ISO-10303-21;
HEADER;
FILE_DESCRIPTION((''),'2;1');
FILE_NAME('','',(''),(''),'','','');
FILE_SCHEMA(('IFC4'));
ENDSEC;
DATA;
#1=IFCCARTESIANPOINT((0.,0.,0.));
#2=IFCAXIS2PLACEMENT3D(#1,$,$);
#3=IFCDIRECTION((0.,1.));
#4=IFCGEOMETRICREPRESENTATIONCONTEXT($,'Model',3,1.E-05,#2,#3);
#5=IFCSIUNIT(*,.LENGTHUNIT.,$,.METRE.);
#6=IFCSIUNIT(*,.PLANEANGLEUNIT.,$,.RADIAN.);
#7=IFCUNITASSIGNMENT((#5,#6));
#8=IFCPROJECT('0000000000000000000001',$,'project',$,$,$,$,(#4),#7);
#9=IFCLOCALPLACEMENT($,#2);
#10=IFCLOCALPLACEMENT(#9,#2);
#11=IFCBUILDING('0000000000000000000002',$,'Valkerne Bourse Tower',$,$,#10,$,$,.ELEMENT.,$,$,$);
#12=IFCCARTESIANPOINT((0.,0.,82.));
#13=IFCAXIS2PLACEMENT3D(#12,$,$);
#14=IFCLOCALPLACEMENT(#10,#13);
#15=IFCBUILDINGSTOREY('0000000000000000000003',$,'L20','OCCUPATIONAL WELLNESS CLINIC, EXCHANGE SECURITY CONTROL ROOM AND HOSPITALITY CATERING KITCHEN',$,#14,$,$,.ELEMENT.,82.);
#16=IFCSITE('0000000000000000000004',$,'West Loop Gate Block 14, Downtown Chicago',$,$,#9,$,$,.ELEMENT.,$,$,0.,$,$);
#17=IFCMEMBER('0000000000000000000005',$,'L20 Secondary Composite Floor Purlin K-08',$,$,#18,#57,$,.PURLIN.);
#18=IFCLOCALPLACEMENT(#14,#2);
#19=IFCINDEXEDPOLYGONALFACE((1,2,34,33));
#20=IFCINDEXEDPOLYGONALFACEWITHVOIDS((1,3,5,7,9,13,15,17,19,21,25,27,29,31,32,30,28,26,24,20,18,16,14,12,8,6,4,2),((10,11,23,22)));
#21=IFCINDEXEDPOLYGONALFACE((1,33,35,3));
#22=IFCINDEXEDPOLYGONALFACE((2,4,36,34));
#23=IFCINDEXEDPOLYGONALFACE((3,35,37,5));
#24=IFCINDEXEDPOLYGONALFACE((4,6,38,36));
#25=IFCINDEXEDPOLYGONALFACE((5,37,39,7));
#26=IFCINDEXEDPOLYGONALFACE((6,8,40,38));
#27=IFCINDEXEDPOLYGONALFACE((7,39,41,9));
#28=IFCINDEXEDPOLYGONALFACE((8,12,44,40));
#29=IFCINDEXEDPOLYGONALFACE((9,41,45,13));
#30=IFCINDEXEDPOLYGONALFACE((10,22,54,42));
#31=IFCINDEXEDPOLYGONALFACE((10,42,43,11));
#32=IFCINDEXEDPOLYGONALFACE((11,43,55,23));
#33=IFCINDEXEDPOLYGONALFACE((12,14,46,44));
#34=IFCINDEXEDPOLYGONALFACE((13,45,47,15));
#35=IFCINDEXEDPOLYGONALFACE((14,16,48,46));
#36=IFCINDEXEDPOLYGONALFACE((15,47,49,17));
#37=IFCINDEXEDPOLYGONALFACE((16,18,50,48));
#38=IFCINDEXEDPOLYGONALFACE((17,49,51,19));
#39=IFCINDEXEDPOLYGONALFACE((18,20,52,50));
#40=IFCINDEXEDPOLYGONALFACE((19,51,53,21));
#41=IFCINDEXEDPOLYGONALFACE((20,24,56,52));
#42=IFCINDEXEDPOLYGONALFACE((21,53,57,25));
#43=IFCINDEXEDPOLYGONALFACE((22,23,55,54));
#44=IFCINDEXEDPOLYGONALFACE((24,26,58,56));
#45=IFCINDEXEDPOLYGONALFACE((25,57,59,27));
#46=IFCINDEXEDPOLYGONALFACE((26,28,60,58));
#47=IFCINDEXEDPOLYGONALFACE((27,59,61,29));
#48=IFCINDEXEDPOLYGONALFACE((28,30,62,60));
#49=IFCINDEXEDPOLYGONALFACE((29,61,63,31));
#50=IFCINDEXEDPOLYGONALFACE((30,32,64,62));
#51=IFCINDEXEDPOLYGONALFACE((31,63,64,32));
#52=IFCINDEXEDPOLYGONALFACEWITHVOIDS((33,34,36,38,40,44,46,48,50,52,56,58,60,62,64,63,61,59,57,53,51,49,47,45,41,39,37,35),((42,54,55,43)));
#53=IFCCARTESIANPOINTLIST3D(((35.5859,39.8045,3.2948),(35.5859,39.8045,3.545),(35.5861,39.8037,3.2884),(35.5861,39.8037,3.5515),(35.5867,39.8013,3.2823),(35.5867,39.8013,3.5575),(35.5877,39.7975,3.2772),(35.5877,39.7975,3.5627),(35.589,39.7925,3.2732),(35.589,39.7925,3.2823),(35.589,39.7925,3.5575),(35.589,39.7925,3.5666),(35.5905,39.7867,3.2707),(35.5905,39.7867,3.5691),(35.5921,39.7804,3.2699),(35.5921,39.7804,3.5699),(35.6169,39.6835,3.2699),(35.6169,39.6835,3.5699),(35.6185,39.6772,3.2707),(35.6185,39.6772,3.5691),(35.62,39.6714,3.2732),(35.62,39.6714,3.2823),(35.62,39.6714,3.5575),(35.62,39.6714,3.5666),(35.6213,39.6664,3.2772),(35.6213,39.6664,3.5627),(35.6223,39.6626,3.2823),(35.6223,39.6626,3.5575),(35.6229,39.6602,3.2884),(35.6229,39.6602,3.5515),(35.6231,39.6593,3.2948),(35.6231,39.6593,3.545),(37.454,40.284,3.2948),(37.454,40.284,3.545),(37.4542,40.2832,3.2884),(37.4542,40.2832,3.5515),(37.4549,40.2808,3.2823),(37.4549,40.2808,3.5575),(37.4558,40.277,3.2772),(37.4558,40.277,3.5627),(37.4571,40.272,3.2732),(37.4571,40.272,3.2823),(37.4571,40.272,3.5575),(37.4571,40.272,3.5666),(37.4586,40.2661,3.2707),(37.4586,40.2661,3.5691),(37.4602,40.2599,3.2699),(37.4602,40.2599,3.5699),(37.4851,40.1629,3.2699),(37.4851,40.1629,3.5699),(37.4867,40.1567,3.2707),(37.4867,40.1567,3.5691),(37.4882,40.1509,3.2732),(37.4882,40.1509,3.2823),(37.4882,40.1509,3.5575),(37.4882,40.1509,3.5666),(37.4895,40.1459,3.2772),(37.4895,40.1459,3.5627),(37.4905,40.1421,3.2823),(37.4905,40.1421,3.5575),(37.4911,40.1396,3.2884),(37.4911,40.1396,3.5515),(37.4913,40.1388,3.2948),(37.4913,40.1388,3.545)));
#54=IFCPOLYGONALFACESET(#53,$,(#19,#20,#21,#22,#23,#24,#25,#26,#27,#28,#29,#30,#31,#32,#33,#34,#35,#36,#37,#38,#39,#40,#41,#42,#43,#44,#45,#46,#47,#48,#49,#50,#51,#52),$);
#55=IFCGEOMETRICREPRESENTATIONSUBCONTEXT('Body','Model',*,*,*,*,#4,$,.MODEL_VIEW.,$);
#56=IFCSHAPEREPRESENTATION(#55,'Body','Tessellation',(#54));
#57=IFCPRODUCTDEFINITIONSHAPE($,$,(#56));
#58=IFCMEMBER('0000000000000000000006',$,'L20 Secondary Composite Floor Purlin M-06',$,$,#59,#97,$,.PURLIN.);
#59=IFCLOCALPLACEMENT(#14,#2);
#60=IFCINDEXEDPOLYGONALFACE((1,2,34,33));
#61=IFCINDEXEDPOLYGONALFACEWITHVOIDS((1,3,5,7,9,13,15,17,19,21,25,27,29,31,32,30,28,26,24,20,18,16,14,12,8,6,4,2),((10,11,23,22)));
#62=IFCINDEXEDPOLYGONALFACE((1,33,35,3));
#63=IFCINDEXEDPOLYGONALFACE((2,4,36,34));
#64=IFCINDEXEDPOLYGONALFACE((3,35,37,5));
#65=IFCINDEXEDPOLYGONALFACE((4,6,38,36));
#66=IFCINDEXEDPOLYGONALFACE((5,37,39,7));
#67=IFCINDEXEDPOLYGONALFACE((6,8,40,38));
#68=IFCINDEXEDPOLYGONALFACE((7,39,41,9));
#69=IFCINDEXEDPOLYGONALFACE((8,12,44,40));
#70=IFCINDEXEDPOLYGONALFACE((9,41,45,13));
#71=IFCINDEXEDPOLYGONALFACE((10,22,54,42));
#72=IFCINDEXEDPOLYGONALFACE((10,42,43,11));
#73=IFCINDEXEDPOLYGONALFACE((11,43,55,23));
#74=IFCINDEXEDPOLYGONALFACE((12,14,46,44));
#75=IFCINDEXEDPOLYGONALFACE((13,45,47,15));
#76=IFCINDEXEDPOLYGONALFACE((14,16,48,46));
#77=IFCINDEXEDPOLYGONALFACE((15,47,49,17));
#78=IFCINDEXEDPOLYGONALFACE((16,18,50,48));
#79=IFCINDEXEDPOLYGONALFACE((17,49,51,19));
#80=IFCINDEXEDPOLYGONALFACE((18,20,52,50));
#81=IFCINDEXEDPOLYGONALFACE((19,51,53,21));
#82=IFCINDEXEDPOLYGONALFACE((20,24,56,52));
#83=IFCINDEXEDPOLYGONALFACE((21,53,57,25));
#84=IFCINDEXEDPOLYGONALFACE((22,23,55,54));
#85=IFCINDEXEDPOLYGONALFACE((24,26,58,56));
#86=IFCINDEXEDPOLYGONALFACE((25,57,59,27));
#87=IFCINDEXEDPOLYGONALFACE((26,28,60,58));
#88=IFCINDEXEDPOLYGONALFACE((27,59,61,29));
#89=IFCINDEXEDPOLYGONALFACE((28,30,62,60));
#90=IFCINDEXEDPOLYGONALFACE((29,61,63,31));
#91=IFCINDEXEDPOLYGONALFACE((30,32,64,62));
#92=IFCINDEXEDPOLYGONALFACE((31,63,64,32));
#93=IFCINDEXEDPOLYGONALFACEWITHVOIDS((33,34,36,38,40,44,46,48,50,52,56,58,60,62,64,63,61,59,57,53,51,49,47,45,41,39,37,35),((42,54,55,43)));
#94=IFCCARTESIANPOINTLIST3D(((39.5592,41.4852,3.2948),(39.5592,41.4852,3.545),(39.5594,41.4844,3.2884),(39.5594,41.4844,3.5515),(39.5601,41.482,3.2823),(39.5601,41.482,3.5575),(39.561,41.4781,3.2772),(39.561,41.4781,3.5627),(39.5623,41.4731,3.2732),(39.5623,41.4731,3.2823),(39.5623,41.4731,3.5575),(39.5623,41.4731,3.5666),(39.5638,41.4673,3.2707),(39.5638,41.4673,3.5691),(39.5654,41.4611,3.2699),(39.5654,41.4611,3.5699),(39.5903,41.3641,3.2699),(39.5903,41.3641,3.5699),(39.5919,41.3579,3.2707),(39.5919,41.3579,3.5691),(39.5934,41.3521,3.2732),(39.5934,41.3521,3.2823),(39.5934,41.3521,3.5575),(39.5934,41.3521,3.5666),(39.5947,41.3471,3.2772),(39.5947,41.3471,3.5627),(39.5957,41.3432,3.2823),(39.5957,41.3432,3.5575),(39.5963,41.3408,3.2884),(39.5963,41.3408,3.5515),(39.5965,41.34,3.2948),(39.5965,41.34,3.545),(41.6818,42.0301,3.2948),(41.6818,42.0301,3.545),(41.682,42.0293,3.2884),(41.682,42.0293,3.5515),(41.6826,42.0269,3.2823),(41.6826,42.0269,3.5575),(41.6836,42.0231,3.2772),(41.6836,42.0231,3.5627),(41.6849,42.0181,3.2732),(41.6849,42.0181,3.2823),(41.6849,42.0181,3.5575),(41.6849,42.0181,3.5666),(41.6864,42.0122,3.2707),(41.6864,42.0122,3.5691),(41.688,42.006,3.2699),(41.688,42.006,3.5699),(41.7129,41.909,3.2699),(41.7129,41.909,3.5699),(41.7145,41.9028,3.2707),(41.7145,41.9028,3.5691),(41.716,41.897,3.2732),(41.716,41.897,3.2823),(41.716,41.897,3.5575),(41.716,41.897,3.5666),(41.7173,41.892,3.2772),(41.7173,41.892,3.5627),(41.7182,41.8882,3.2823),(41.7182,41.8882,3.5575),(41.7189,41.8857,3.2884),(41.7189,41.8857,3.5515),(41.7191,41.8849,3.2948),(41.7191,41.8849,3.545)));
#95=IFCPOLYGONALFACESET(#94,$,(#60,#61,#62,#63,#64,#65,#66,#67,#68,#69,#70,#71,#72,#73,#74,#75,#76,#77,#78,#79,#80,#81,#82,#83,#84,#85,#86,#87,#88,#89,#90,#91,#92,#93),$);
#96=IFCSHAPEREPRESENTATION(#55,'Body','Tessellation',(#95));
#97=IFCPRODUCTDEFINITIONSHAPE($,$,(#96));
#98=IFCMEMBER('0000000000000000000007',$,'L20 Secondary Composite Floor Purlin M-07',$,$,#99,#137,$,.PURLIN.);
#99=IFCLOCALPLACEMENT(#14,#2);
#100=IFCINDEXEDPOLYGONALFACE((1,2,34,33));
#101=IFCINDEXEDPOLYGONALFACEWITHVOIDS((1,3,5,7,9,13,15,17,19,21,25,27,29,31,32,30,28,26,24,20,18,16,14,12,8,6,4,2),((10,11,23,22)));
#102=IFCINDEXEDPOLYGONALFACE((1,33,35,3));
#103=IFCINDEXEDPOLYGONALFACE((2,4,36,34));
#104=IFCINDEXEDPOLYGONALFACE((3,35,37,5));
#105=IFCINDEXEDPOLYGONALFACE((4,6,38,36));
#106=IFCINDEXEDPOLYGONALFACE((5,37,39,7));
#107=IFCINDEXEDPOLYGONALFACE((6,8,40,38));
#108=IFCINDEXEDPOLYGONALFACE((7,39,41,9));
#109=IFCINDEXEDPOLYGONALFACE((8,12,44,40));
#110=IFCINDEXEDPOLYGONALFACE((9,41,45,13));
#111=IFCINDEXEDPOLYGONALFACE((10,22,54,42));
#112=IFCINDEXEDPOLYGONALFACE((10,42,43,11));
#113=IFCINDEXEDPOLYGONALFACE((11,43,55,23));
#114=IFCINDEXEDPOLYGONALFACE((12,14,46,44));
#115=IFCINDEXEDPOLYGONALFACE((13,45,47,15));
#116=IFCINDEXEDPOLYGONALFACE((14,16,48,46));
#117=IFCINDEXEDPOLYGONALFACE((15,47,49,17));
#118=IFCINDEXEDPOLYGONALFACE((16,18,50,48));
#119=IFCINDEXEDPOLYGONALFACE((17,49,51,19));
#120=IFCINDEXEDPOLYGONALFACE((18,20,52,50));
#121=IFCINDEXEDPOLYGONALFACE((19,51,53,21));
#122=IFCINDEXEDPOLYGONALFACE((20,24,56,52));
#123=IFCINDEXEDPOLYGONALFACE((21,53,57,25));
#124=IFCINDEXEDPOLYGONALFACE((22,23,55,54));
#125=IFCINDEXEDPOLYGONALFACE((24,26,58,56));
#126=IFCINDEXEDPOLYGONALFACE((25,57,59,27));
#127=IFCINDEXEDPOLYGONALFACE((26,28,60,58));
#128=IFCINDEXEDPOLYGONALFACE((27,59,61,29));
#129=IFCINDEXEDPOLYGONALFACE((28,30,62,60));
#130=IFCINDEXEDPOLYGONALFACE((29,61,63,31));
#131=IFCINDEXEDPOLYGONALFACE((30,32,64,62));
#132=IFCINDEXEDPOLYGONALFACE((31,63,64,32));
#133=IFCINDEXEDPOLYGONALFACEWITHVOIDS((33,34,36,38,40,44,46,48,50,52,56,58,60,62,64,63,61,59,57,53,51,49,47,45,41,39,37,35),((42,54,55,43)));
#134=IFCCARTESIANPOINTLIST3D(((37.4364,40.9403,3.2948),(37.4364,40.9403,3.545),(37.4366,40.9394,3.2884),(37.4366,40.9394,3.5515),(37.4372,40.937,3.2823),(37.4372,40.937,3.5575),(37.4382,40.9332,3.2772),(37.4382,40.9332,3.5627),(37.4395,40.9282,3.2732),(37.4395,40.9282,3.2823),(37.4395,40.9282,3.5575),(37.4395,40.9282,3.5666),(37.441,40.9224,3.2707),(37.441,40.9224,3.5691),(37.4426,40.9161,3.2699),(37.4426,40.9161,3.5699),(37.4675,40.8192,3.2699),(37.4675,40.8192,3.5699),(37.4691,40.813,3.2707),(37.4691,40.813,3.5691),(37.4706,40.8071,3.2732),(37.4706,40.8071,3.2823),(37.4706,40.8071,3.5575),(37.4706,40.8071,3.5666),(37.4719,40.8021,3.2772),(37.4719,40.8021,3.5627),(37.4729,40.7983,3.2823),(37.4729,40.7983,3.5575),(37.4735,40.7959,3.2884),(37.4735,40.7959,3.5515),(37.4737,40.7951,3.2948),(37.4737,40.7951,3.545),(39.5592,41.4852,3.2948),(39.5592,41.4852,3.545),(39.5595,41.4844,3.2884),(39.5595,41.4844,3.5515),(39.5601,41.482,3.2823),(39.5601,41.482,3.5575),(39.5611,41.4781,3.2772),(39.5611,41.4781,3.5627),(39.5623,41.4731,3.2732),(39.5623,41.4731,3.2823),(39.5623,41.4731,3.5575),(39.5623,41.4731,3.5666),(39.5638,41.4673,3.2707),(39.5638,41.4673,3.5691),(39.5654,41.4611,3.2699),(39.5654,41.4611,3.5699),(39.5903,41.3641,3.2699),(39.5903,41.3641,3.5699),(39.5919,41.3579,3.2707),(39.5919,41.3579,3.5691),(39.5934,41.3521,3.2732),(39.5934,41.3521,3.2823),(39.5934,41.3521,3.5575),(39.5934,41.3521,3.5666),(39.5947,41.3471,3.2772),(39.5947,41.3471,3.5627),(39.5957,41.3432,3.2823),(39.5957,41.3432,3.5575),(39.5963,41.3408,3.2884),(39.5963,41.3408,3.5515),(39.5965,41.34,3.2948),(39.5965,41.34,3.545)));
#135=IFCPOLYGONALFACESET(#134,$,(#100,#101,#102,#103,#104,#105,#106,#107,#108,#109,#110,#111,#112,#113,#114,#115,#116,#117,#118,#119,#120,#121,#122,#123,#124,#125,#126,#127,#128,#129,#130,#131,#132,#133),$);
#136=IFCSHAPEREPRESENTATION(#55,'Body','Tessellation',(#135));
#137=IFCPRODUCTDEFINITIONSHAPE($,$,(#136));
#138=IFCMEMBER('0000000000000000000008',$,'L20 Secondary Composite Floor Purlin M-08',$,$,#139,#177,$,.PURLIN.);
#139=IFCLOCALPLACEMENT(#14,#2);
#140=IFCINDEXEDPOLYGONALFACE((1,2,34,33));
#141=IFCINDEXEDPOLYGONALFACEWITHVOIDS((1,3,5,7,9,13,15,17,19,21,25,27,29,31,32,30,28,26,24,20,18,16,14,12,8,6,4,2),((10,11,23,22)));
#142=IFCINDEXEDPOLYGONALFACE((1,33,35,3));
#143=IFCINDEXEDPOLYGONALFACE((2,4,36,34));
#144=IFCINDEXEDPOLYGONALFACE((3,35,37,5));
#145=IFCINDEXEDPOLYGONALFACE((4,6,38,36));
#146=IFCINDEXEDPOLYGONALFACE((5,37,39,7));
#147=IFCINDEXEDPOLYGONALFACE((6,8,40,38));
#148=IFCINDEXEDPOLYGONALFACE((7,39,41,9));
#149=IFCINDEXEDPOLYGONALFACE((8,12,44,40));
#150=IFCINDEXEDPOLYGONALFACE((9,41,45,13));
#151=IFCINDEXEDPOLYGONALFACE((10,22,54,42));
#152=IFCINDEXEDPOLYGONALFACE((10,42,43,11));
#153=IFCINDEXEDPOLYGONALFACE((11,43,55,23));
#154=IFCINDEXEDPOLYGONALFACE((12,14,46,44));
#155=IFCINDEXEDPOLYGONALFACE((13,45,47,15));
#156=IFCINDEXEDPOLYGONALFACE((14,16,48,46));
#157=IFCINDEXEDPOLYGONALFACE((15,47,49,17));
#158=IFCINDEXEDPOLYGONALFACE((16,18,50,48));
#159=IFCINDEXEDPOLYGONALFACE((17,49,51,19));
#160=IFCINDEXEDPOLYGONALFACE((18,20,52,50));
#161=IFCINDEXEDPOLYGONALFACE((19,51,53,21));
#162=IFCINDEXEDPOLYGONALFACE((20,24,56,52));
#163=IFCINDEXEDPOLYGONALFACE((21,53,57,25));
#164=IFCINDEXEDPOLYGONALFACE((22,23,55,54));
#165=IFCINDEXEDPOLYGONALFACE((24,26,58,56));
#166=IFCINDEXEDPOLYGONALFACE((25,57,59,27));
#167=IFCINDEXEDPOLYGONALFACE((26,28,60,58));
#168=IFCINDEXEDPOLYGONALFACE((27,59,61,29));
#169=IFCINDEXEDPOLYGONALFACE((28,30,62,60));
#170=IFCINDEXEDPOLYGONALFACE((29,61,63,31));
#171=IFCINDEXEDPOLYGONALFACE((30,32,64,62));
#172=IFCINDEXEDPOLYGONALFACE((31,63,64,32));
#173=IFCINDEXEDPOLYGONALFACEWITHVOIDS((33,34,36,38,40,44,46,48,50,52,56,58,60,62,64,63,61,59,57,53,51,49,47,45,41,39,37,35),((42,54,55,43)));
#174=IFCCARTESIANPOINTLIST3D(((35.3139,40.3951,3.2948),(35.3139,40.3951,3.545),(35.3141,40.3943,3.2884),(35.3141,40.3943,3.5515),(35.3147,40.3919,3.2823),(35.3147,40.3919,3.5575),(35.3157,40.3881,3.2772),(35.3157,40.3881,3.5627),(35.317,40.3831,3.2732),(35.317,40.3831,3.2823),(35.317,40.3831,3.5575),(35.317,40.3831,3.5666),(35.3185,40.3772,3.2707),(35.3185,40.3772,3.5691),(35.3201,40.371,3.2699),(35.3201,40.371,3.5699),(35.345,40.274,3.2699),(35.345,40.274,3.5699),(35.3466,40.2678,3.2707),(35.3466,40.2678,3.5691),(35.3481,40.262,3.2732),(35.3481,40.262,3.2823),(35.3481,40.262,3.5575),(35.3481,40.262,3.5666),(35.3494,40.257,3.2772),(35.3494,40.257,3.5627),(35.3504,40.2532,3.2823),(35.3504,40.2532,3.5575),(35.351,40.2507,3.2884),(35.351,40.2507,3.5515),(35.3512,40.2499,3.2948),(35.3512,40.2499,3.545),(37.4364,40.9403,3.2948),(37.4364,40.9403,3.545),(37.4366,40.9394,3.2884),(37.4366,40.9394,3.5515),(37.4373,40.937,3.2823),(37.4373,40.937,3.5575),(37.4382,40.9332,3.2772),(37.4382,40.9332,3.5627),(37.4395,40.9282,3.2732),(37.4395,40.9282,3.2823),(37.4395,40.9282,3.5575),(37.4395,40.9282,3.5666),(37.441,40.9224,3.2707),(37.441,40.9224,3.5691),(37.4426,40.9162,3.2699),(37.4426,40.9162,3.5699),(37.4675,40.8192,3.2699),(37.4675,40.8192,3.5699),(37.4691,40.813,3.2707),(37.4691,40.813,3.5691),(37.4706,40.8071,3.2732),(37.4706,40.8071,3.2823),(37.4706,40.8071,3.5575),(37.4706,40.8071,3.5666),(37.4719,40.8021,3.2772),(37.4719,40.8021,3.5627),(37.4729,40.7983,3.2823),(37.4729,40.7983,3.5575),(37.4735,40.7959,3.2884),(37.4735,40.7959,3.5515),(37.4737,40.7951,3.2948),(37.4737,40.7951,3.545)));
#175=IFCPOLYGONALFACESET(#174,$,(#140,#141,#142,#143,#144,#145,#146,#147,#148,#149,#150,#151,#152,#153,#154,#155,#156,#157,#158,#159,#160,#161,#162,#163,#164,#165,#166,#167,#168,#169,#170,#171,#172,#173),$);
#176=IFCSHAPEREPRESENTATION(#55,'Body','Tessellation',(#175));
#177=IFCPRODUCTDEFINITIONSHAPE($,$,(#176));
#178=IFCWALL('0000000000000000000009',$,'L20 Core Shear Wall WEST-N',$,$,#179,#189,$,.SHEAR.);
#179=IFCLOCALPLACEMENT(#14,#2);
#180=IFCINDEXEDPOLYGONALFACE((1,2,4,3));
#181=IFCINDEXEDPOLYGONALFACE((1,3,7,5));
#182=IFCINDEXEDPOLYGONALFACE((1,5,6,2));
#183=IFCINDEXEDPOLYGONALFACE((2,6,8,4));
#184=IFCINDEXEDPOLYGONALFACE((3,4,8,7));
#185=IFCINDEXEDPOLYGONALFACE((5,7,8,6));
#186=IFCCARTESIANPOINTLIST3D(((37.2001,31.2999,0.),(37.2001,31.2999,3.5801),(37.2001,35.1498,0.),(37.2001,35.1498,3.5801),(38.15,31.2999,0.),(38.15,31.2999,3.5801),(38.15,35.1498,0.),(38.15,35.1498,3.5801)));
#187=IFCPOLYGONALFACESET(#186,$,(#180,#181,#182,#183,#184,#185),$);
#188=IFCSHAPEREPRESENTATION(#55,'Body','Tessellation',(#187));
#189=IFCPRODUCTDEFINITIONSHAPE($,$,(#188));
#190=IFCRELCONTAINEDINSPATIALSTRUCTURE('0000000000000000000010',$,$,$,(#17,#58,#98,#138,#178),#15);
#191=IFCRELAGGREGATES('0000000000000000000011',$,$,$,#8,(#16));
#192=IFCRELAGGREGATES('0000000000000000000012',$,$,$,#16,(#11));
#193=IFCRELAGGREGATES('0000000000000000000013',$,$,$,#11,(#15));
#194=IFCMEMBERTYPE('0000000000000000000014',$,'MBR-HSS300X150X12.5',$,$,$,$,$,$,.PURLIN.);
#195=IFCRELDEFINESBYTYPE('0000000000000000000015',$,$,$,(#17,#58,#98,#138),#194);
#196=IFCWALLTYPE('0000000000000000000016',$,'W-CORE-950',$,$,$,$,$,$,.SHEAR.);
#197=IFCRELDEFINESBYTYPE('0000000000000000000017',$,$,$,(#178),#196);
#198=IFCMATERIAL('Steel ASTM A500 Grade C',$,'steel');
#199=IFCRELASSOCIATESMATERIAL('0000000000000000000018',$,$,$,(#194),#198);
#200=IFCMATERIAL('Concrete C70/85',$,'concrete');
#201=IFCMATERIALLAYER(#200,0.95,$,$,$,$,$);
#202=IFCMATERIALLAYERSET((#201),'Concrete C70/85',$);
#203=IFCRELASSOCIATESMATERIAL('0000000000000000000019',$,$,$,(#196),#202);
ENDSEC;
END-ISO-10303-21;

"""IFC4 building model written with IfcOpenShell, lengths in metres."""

from ifc_helpers import new_model, si_unit, direction, frame, frame_2d, origin, origin_2d, place, context, subcontext, project, spatial, rectangle, hollow_rectangle, extrude, material, layer, layer_set, material_profile, profile_set, type_object, element, save


model = new_model("IFC4")

# Units and contexts
model_context = context("Model", 3, precision=1e-05, world=origin(), true_north=direction((0.0, 1.0)))
body_context = subcontext(model_context, "Body", "Model", "MODEL_VIEW")
ifc_project = project(units=[si_unit("LENGTHUNIT", "METRE"), si_unit("PLANEANGLEUNIT", "RADIAN")], contexts=[model_context])

# Site, building, storey
site_placement = place(None, origin())
site = spatial("IfcSite", under=ifc_project, at=site_placement, Name="West Loop Gate Block 14, Downtown Chicago", CompositionType="ELEMENT", RefElevation=0.0)
building_placement = place(site_placement, origin())
building = spatial("IfcBuilding", under=site, at=building_placement, Name="Valkerne Bourse Tower", CompositionType="ELEMENT")
storey_placement = place(building_placement, frame((0.0, 0.0, 82.0)))
storey = spatial("IfcBuildingStorey", under=building, at=storey_placement, Name="L20", Description="OCCUPATIONAL WELLNESS CLINIC, EXCHANGE SECURITY CONTROL ROOM AND HOSPITALITY CATERING KITCHEN", CompositionType="ELEMENT", Elevation=82.0)

# Members
ifc_material_1 = material(Name="Steel ASTM A500 Grade C", Category="steel")
ifc_material_profile_1 = material_profile(ifc_material_1, hollow_rectangle(XDim=0.1499, YDim=0.3, WallThickness=0.0125, OuterFilletRadius=0.0249, at=origin_2d()), Name="HSS300X150X12.5")
ifc_profile_set_1 = profile_set([ifc_material_profile_1], Name="Steel ASTM A500 Grade C")
member_type = type_object("IfcMemberType", Name="MBR-HSS300X150X12.5", PredefinedType="PURLIN", material=ifc_profile_set_1)
member_1_placement = place(storey_placement, frame((37.4727, 40.2114, 3.4199), z_axis=(-0.968604, -0.248607, 0.0), x_axis=(0.248607, -0.968604, 0.0)))
element("IfcMember", 1, at=member_1_placement, inside=storey, type_object=member_type, Name="L20 Secondary Composite Floor Purlin K-08", PredefinedType="PURLIN", context=body_context, shape_type="SweptSolid", body=[
    extrude(hollow_rectangle(XDim=0.1499, YDim=0.3, WallThickness=0.0125, OuterFilletRadius=0.0249, at=origin_2d()), origin(), (0.0, 0.0, 1.0), 1.9287),
])
member_2_placement = place(storey_placement, frame((41.7004, 41.9575, 3.4199), z_axis=(-0.96859, -0.248665, 0.0), x_axis=(0.248665, -0.96859, 0.0)))
element("IfcMember", 2, at=member_2_placement, inside=storey, type_object=member_type, Name="L20 Secondary Composite Floor Purlin M-06", PredefinedType="PURLIN", context=body_context, shape_type="SweptSolid", body=[
    extrude(hollow_rectangle(XDim=0.1499, YDim=0.3, WallThickness=0.0125, OuterFilletRadius=0.0249, at=origin_2d()), origin(), (0.0, 0.0, 1.0), 2.1914),
])
member_3_placement = place(storey_placement, frame((39.5779, 41.4126, 3.4199), z_axis=(-0.968596, -0.248638, 0.0), x_axis=(0.248638, -0.968596, 0.0)))
element("IfcMember", 3, at=member_3_placement, inside=storey, type_object=member_type, Name="L20 Secondary Composite Floor Purlin M-07", PredefinedType="PURLIN", context=body_context, shape_type="SweptSolid", body=[
    extrude(hollow_rectangle(XDim=0.1499, YDim=0.3, WallThickness=0.0125, OuterFilletRadius=0.0249, at=origin_2d()), origin(), (0.0, 0.0, 1.0), 2.1917),
])
member_4_placement = place(storey_placement, frame((37.4551, 40.8677, 3.4199), z_axis=(-0.968563, -0.248769, 0.0), x_axis=(0.248769, -0.968563, 0.0)))
element("IfcMember", 4, at=member_4_placement, inside=storey, type_object=member_type, Name="L20 Secondary Composite Floor Purlin M-08", PredefinedType="PURLIN", context=body_context, shape_type="SweptSolid", body=[
    extrude(hollow_rectangle(XDim=0.1499, YDim=0.3, WallThickness=0.0125, OuterFilletRadius=0.0249, at=origin_2d()), origin(), (0.0, 0.0, 1.0), 2.1914),
])

# Wall
ifc_material_2 = material(Name="Concrete C70/85", Category="concrete")
ifc_layer_1 = layer(ifc_material_2, 0.95)
ifc_layer_set_1 = layer_set([ifc_layer_1], Name="Concrete C70/85")
wall_type_1 = type_object("IfcWallType", Name="W-CORE-950", PredefinedType="SHEAR", material=ifc_layer_set_1)
wall_1_placement = place(storey_placement, frame((37.675, 31.3, 0.0), z_axis=(0.0, 0.0, 1.0), x_axis=(0.0, 1.0, 0.0)))
element("IfcWall", 5, at=wall_1_placement, inside=storey, type_object=wall_type_1, Name="L20 Core Shear Wall WEST-N", PredefinedType="SHEAR", context=body_context, shape_type="SweptSolid", body=[
    extrude(rectangle(XDim=3.8499, YDim=0.95, at=frame_2d((1.9248, 0.0))), origin(), (0.0, 0.0, 1.0), 3.5801),
])

save(model, "model.ifc")
